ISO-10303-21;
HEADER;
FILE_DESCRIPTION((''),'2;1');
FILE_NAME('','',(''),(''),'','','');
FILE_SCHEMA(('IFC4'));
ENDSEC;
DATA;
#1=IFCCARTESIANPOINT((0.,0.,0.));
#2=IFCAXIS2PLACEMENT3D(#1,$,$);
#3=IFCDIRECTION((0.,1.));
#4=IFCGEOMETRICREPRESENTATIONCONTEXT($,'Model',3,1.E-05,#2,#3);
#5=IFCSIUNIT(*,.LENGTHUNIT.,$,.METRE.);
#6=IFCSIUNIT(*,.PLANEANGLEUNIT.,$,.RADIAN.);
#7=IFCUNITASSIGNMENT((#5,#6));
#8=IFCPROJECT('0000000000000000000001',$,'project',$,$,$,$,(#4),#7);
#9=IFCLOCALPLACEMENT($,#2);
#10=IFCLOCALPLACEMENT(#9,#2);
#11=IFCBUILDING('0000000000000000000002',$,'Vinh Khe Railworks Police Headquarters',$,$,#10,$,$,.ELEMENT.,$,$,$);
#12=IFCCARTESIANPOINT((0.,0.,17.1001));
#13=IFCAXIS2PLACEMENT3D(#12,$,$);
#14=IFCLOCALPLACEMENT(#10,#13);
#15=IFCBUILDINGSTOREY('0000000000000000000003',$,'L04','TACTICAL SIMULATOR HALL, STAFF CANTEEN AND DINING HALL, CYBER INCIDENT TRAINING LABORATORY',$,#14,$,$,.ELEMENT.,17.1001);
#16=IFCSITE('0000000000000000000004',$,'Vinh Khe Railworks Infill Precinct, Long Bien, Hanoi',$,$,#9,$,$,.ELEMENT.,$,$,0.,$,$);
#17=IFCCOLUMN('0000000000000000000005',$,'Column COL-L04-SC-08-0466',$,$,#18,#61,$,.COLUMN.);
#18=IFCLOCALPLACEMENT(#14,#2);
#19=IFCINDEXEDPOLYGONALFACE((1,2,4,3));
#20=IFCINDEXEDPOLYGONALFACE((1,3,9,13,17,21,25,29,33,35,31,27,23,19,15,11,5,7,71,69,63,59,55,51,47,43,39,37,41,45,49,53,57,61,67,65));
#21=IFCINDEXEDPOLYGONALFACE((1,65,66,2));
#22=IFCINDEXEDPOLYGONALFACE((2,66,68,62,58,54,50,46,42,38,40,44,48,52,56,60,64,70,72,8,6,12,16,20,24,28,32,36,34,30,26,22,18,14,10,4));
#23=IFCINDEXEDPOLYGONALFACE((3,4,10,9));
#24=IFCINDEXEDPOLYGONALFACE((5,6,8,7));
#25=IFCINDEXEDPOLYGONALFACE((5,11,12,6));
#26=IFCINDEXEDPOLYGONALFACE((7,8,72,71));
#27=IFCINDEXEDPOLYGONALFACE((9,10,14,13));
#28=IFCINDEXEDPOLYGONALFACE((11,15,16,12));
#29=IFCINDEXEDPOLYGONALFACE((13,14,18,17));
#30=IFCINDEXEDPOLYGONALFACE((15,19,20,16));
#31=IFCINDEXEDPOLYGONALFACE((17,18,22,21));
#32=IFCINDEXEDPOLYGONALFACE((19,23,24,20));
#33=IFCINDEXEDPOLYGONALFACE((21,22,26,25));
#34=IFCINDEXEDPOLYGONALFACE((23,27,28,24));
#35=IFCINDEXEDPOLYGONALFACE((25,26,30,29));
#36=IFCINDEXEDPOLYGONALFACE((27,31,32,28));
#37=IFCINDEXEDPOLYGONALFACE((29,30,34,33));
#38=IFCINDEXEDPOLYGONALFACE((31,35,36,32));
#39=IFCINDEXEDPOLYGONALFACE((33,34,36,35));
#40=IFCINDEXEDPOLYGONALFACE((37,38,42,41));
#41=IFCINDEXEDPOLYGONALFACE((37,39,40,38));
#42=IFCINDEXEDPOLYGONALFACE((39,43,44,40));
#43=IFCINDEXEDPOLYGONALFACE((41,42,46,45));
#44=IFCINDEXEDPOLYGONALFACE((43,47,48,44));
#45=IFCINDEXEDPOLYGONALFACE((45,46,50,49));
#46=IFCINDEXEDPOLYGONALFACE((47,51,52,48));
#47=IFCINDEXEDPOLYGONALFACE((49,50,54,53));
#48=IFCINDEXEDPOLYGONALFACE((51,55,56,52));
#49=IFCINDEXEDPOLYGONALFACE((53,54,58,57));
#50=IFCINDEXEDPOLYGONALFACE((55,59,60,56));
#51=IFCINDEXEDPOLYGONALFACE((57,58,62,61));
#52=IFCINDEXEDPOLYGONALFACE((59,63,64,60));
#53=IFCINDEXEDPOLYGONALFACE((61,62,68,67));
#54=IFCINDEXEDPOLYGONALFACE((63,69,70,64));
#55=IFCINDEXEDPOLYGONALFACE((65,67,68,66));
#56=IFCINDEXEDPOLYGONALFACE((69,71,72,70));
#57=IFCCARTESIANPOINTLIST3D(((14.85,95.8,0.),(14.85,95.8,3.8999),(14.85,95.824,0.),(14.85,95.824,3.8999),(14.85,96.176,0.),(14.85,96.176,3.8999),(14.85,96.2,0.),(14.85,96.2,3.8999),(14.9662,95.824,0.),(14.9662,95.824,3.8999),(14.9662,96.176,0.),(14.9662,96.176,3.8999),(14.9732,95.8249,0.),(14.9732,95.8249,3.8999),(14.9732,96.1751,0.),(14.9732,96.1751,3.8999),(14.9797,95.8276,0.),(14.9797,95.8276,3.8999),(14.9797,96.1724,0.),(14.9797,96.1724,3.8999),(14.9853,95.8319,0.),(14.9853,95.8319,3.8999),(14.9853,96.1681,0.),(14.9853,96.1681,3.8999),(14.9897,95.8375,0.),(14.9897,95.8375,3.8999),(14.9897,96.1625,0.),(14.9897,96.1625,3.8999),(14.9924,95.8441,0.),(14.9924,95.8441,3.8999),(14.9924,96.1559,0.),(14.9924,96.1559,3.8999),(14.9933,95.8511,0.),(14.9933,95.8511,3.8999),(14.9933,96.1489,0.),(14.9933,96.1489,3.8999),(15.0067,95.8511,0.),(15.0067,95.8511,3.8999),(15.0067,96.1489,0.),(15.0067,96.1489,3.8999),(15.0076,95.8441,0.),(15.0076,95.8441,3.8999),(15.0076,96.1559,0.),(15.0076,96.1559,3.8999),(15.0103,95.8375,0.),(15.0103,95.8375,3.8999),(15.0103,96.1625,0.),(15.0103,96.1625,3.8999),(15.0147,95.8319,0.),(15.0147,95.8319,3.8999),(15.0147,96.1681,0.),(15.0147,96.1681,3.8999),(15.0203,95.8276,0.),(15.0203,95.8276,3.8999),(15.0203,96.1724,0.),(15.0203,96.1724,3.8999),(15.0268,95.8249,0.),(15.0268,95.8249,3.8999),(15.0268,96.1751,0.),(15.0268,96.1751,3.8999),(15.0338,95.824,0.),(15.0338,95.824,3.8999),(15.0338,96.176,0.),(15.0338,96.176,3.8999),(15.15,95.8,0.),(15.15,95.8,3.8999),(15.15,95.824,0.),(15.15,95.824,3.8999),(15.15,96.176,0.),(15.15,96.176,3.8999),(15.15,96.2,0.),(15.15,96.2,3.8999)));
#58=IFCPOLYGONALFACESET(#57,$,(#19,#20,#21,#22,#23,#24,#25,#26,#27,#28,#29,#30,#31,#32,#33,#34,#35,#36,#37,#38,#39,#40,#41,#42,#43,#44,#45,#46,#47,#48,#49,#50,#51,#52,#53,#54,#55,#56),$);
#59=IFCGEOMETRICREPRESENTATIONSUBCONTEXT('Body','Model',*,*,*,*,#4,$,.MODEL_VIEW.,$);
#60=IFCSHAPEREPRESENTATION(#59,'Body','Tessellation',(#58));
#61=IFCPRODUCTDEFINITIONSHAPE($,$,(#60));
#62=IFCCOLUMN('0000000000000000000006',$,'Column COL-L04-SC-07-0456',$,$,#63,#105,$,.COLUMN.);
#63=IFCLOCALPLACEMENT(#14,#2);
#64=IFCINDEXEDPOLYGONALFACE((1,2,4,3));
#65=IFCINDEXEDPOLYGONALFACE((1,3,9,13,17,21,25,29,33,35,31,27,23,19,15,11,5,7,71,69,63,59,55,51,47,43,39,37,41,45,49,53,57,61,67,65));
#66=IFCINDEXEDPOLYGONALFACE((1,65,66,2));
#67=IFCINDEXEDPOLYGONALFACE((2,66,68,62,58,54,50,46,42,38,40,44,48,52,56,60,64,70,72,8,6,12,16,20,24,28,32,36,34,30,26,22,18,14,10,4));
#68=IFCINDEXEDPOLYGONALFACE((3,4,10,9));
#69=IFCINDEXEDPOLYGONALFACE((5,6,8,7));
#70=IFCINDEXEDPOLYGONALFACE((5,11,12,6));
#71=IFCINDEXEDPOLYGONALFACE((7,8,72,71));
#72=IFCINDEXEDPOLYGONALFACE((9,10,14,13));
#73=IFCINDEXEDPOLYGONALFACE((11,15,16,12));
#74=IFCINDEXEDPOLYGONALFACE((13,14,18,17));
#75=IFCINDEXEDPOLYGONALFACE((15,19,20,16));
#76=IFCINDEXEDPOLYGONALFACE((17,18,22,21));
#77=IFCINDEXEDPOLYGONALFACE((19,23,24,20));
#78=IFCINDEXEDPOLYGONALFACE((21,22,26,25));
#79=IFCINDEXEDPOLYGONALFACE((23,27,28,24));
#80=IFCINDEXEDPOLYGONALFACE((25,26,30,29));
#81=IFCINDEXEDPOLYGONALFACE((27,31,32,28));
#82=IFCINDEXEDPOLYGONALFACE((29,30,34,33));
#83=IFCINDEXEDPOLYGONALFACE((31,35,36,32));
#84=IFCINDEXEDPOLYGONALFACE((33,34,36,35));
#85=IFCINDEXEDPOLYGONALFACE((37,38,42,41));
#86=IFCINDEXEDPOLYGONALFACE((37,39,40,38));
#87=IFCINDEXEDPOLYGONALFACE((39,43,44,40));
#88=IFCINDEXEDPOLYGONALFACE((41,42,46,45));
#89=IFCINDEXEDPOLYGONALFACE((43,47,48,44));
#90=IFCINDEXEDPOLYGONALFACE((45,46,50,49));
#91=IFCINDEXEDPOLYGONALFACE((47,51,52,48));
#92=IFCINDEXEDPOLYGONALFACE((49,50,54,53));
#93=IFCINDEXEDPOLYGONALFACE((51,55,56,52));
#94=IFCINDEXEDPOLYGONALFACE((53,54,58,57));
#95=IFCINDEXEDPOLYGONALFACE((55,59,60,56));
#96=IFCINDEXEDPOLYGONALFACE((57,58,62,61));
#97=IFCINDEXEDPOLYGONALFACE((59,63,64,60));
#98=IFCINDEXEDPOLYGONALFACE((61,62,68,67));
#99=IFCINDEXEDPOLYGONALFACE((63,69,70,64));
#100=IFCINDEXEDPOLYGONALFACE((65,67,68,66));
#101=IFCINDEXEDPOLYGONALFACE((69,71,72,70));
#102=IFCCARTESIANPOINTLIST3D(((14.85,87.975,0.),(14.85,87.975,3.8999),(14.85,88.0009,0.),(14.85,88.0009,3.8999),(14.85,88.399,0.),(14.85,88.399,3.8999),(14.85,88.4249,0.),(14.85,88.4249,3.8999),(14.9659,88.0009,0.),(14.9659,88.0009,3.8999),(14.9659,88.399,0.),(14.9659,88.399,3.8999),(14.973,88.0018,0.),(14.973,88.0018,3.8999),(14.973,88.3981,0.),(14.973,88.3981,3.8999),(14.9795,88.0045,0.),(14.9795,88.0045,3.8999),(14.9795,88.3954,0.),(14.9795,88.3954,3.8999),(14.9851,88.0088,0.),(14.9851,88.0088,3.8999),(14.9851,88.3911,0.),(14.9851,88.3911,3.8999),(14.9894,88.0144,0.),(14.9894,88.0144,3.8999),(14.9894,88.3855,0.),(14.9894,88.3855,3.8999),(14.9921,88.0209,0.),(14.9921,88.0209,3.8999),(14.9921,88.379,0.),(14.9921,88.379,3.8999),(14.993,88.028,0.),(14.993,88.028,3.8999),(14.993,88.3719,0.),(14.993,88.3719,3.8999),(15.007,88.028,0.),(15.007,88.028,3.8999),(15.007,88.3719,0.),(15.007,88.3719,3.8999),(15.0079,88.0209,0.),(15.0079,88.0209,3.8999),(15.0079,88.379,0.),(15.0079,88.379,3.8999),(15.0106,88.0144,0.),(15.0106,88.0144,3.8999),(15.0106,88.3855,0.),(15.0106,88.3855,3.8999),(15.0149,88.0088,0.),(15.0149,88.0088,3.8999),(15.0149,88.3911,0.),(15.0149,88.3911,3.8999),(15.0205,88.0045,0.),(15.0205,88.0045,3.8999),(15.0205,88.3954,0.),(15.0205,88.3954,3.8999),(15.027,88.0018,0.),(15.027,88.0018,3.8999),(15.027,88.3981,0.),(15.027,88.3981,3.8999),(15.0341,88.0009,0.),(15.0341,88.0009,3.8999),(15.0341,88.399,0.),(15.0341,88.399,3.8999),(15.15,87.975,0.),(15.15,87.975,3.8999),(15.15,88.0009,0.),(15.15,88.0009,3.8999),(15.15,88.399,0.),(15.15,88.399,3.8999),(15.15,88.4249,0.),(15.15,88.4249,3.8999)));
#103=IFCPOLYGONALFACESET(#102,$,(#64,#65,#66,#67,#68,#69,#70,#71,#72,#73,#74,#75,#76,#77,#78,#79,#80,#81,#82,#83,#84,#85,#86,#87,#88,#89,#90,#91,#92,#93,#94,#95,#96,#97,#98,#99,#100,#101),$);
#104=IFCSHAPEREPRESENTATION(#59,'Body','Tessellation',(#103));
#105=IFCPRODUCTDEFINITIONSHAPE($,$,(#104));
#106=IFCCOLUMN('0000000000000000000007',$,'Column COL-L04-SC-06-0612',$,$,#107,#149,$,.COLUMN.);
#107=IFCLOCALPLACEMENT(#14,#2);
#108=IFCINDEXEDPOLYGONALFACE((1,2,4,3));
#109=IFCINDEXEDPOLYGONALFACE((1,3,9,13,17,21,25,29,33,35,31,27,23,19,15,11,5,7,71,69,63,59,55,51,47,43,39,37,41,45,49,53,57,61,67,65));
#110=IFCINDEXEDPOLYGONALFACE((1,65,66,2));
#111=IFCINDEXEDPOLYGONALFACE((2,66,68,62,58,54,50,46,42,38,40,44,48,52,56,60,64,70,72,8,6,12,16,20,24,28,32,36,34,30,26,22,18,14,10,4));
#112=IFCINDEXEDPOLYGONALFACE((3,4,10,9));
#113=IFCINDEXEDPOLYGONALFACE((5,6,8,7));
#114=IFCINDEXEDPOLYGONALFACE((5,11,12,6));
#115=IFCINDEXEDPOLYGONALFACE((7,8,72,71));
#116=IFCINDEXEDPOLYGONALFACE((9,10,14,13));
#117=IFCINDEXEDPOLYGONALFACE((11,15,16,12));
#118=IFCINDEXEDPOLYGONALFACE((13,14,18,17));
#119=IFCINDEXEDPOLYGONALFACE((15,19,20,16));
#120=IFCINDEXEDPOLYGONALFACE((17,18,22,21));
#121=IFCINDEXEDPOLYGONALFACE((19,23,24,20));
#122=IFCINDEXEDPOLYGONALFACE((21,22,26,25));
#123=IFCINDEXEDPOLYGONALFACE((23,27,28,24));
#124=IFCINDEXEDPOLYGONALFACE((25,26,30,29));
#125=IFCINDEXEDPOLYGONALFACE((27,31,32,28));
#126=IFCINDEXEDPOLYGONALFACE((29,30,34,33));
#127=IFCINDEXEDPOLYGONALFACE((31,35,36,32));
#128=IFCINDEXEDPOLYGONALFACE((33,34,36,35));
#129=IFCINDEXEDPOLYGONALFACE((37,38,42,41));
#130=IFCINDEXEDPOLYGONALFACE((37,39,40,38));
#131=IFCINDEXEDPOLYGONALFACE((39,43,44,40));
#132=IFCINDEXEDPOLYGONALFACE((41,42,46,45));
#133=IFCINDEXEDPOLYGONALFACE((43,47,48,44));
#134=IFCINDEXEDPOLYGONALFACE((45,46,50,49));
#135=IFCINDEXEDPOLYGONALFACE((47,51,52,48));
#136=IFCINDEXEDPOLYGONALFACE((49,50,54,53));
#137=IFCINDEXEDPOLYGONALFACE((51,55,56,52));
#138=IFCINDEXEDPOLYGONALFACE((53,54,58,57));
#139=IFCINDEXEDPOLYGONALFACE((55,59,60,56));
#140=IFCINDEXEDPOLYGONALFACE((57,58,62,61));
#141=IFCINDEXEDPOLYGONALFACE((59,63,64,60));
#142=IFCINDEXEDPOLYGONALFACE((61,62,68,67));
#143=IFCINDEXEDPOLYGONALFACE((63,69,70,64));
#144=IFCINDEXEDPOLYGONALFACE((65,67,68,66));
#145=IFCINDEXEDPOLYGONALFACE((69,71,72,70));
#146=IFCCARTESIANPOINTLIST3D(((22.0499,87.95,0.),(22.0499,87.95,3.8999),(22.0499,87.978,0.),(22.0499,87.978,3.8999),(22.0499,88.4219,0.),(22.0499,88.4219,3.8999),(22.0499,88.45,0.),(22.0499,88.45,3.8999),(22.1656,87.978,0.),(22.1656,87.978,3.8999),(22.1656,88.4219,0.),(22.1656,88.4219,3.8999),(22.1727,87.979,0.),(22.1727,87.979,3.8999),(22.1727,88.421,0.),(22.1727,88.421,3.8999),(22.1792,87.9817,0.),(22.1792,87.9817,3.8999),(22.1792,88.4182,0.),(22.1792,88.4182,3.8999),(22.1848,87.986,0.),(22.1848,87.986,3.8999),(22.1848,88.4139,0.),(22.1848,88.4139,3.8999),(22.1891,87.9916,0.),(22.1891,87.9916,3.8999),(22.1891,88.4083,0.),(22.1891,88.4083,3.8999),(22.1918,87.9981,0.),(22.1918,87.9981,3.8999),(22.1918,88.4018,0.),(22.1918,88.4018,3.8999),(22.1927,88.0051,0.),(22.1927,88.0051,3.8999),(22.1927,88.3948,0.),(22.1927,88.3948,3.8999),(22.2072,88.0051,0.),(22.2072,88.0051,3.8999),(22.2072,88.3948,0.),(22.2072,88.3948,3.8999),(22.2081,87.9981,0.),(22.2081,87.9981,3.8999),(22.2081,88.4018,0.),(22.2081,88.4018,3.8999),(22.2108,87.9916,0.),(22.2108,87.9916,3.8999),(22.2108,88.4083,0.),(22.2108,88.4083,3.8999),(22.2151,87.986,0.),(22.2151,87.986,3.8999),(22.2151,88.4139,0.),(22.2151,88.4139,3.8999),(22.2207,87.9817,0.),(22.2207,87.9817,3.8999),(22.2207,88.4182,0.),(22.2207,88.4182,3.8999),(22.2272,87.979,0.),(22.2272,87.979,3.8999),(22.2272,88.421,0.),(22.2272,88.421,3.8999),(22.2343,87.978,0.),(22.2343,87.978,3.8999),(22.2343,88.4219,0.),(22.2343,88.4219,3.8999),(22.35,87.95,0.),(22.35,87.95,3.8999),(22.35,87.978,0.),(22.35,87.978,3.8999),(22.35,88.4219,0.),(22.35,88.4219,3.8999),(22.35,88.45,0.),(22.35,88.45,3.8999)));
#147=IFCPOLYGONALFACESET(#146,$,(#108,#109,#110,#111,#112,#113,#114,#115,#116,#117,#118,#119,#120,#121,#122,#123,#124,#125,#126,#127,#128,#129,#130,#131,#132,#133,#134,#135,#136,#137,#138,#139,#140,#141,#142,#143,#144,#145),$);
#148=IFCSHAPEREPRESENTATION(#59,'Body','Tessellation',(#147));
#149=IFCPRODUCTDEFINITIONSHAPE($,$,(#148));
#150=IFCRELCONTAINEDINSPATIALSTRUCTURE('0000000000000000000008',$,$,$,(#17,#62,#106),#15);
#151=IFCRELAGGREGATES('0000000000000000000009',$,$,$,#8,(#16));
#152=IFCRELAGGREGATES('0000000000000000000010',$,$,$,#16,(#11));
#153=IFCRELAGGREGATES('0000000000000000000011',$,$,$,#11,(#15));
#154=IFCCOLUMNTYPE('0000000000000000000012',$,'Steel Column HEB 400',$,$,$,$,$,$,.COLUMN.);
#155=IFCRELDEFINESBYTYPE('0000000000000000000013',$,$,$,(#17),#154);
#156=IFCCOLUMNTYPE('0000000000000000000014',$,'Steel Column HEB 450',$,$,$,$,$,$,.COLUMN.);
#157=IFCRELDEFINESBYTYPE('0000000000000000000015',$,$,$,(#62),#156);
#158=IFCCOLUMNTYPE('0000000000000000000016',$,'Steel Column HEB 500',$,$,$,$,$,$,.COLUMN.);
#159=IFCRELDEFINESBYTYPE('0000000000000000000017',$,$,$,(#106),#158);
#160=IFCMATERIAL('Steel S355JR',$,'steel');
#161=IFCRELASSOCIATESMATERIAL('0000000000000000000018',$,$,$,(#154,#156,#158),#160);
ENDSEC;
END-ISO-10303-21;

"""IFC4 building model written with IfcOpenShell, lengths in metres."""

from ifc_helpers import new_model, si_unit, direction, frame, origin, origin_2d, place, context, subcontext, project, spatial, i_section, extrude, material, material_profile, profile_set, type_object, element, save


model = new_model("IFC4")

# Units and contexts
model_context = context("Model", 3, precision=1e-05, world=origin(), true_north=direction((0.0, 1.0)))
body_context = subcontext(model_context, "Body", "Model", "MODEL_VIEW")
ifc_project = project(units=[si_unit("LENGTHUNIT", "METRE"), si_unit("PLANEANGLEUNIT", "RADIAN")], contexts=[model_context])

# Site, building, storey
site_placement = place(None, origin())
site = spatial("IfcSite", under=ifc_project, at=site_placement, Name="Vinh Khe Railworks Infill Precinct, Long Bien, Hanoi", CompositionType="ELEMENT", RefElevation=0.0)
building_placement = place(site_placement, origin())
building = spatial("IfcBuilding", under=site, at=building_placement, Name="Vinh Khe Railworks Police Headquarters", CompositionType="ELEMENT")
storey_placement = place(building_placement, frame((0.0, 0.0, 17.1001)))
storey = spatial("IfcBuildingStorey", under=building, at=storey_placement, Name="L04", Description="TACTICAL SIMULATOR HALL, STAFF CANTEEN AND DINING HALL, CYBER INCIDENT TRAINING LABORATORY", CompositionType="ELEMENT", Elevation=17.1001)

# Columns
ifc_material_1 = material(Name="Steel S355JR", Category="steel")
ifc_material_profile_1 = material_profile(ifc_material_1, i_section(OverallWidth=0.3, OverallDepth=0.3999, WebThickness=0.0134, FlangeThickness=0.0239, FilletRadius=0.0271, at=origin_2d()), Name="HEB 400")
ifc_profile_set_1 = profile_set([ifc_material_profile_1], Name="Steel S355JR")
column_type_1 = type_object("IfcColumnType", Name="Steel Column HEB 400", PredefinedType="COLUMN", material=ifc_profile_set_1)
column_1_placement = place(storey_placement, frame((15.0, 96.0, 0.0), z_axis=(0.0, 0.0, 1.0), x_axis=(1.0, 0.0, 0.0)))
element("IfcColumn", 1, at=column_1_placement, inside=storey, type_object=column_type_1, Name="Column COL-L04-SC-08-0466", PredefinedType="COLUMN", context=body_context, shape_type="SweptSolid", body=[
    extrude(i_section(OverallWidth=0.3, OverallDepth=0.3999, WebThickness=0.0134, FlangeThickness=0.0239, FilletRadius=0.0271, at=origin_2d()), origin(), (0.0, 0.0, 1.0), 3.8999),
])
ifc_material_profile_2 = material_profile(ifc_material_1, i_section(OverallWidth=0.3, OverallDepth=0.45, WebThickness=0.0139, FlangeThickness=0.0259, FilletRadius=0.0271, at=origin_2d()), Name="HEB 450")
ifc_profile_set_2 = profile_set([ifc_material_profile_2], Name="Steel S355JR")
column_type_2 = type_object("IfcColumnType", Name="Steel Column HEB 450", PredefinedType="COLUMN", material=ifc_profile_set_2)
column_2_placement = place(storey_placement, frame((15.0, 88.2, 0.0), z_axis=(0.0, 0.0, 1.0), x_axis=(1.0, 0.0, 0.0)))
element("IfcColumn", 2, at=column_2_placement, inside=storey, type_object=column_type_2, Name="Column COL-L04-SC-07-0456", PredefinedType="COLUMN", context=body_context, shape_type="SweptSolid", body=[
    extrude(i_section(OverallWidth=0.3, OverallDepth=0.45, WebThickness=0.0139, FlangeThickness=0.0259, FilletRadius=0.0271, at=origin_2d()), origin(), (0.0, 0.0, 1.0), 3.8999),
])
ifc_material_profile_3 = material_profile(ifc_material_1, i_section(OverallWidth=0.3, OverallDepth=0.5, WebThickness=0.0144, FlangeThickness=0.0281, FilletRadius=0.0271, at=origin_2d()), Name="HEB 500")
ifc_profile_set_3 = profile_set([ifc_material_profile_3], Name="Steel S355JR")
column_type_3 = type_object("IfcColumnType", Name="Steel Column HEB 500", PredefinedType="COLUMN", material=ifc_profile_set_3)
column_3_placement = place(storey_placement, frame((22.2, 88.2, 0.0), z_axis=(0.0, 0.0, 1.0), x_axis=(1.0, 0.0, 0.0)))
element("IfcColumn", 3, at=column_3_placement, inside=storey, type_object=column_type_3, Name="Column COL-L04-SC-06-0612", PredefinedType="COLUMN", context=body_context, shape_type="SweptSolid", body=[
    extrude(i_section(OverallWidth=0.3, OverallDepth=0.5, WebThickness=0.0144, FlangeThickness=0.0281, FilletRadius=0.0271, at=origin_2d()), origin(), (0.0, 0.0, 1.0), 3.8999),
])

save(model, "model.ifc")
